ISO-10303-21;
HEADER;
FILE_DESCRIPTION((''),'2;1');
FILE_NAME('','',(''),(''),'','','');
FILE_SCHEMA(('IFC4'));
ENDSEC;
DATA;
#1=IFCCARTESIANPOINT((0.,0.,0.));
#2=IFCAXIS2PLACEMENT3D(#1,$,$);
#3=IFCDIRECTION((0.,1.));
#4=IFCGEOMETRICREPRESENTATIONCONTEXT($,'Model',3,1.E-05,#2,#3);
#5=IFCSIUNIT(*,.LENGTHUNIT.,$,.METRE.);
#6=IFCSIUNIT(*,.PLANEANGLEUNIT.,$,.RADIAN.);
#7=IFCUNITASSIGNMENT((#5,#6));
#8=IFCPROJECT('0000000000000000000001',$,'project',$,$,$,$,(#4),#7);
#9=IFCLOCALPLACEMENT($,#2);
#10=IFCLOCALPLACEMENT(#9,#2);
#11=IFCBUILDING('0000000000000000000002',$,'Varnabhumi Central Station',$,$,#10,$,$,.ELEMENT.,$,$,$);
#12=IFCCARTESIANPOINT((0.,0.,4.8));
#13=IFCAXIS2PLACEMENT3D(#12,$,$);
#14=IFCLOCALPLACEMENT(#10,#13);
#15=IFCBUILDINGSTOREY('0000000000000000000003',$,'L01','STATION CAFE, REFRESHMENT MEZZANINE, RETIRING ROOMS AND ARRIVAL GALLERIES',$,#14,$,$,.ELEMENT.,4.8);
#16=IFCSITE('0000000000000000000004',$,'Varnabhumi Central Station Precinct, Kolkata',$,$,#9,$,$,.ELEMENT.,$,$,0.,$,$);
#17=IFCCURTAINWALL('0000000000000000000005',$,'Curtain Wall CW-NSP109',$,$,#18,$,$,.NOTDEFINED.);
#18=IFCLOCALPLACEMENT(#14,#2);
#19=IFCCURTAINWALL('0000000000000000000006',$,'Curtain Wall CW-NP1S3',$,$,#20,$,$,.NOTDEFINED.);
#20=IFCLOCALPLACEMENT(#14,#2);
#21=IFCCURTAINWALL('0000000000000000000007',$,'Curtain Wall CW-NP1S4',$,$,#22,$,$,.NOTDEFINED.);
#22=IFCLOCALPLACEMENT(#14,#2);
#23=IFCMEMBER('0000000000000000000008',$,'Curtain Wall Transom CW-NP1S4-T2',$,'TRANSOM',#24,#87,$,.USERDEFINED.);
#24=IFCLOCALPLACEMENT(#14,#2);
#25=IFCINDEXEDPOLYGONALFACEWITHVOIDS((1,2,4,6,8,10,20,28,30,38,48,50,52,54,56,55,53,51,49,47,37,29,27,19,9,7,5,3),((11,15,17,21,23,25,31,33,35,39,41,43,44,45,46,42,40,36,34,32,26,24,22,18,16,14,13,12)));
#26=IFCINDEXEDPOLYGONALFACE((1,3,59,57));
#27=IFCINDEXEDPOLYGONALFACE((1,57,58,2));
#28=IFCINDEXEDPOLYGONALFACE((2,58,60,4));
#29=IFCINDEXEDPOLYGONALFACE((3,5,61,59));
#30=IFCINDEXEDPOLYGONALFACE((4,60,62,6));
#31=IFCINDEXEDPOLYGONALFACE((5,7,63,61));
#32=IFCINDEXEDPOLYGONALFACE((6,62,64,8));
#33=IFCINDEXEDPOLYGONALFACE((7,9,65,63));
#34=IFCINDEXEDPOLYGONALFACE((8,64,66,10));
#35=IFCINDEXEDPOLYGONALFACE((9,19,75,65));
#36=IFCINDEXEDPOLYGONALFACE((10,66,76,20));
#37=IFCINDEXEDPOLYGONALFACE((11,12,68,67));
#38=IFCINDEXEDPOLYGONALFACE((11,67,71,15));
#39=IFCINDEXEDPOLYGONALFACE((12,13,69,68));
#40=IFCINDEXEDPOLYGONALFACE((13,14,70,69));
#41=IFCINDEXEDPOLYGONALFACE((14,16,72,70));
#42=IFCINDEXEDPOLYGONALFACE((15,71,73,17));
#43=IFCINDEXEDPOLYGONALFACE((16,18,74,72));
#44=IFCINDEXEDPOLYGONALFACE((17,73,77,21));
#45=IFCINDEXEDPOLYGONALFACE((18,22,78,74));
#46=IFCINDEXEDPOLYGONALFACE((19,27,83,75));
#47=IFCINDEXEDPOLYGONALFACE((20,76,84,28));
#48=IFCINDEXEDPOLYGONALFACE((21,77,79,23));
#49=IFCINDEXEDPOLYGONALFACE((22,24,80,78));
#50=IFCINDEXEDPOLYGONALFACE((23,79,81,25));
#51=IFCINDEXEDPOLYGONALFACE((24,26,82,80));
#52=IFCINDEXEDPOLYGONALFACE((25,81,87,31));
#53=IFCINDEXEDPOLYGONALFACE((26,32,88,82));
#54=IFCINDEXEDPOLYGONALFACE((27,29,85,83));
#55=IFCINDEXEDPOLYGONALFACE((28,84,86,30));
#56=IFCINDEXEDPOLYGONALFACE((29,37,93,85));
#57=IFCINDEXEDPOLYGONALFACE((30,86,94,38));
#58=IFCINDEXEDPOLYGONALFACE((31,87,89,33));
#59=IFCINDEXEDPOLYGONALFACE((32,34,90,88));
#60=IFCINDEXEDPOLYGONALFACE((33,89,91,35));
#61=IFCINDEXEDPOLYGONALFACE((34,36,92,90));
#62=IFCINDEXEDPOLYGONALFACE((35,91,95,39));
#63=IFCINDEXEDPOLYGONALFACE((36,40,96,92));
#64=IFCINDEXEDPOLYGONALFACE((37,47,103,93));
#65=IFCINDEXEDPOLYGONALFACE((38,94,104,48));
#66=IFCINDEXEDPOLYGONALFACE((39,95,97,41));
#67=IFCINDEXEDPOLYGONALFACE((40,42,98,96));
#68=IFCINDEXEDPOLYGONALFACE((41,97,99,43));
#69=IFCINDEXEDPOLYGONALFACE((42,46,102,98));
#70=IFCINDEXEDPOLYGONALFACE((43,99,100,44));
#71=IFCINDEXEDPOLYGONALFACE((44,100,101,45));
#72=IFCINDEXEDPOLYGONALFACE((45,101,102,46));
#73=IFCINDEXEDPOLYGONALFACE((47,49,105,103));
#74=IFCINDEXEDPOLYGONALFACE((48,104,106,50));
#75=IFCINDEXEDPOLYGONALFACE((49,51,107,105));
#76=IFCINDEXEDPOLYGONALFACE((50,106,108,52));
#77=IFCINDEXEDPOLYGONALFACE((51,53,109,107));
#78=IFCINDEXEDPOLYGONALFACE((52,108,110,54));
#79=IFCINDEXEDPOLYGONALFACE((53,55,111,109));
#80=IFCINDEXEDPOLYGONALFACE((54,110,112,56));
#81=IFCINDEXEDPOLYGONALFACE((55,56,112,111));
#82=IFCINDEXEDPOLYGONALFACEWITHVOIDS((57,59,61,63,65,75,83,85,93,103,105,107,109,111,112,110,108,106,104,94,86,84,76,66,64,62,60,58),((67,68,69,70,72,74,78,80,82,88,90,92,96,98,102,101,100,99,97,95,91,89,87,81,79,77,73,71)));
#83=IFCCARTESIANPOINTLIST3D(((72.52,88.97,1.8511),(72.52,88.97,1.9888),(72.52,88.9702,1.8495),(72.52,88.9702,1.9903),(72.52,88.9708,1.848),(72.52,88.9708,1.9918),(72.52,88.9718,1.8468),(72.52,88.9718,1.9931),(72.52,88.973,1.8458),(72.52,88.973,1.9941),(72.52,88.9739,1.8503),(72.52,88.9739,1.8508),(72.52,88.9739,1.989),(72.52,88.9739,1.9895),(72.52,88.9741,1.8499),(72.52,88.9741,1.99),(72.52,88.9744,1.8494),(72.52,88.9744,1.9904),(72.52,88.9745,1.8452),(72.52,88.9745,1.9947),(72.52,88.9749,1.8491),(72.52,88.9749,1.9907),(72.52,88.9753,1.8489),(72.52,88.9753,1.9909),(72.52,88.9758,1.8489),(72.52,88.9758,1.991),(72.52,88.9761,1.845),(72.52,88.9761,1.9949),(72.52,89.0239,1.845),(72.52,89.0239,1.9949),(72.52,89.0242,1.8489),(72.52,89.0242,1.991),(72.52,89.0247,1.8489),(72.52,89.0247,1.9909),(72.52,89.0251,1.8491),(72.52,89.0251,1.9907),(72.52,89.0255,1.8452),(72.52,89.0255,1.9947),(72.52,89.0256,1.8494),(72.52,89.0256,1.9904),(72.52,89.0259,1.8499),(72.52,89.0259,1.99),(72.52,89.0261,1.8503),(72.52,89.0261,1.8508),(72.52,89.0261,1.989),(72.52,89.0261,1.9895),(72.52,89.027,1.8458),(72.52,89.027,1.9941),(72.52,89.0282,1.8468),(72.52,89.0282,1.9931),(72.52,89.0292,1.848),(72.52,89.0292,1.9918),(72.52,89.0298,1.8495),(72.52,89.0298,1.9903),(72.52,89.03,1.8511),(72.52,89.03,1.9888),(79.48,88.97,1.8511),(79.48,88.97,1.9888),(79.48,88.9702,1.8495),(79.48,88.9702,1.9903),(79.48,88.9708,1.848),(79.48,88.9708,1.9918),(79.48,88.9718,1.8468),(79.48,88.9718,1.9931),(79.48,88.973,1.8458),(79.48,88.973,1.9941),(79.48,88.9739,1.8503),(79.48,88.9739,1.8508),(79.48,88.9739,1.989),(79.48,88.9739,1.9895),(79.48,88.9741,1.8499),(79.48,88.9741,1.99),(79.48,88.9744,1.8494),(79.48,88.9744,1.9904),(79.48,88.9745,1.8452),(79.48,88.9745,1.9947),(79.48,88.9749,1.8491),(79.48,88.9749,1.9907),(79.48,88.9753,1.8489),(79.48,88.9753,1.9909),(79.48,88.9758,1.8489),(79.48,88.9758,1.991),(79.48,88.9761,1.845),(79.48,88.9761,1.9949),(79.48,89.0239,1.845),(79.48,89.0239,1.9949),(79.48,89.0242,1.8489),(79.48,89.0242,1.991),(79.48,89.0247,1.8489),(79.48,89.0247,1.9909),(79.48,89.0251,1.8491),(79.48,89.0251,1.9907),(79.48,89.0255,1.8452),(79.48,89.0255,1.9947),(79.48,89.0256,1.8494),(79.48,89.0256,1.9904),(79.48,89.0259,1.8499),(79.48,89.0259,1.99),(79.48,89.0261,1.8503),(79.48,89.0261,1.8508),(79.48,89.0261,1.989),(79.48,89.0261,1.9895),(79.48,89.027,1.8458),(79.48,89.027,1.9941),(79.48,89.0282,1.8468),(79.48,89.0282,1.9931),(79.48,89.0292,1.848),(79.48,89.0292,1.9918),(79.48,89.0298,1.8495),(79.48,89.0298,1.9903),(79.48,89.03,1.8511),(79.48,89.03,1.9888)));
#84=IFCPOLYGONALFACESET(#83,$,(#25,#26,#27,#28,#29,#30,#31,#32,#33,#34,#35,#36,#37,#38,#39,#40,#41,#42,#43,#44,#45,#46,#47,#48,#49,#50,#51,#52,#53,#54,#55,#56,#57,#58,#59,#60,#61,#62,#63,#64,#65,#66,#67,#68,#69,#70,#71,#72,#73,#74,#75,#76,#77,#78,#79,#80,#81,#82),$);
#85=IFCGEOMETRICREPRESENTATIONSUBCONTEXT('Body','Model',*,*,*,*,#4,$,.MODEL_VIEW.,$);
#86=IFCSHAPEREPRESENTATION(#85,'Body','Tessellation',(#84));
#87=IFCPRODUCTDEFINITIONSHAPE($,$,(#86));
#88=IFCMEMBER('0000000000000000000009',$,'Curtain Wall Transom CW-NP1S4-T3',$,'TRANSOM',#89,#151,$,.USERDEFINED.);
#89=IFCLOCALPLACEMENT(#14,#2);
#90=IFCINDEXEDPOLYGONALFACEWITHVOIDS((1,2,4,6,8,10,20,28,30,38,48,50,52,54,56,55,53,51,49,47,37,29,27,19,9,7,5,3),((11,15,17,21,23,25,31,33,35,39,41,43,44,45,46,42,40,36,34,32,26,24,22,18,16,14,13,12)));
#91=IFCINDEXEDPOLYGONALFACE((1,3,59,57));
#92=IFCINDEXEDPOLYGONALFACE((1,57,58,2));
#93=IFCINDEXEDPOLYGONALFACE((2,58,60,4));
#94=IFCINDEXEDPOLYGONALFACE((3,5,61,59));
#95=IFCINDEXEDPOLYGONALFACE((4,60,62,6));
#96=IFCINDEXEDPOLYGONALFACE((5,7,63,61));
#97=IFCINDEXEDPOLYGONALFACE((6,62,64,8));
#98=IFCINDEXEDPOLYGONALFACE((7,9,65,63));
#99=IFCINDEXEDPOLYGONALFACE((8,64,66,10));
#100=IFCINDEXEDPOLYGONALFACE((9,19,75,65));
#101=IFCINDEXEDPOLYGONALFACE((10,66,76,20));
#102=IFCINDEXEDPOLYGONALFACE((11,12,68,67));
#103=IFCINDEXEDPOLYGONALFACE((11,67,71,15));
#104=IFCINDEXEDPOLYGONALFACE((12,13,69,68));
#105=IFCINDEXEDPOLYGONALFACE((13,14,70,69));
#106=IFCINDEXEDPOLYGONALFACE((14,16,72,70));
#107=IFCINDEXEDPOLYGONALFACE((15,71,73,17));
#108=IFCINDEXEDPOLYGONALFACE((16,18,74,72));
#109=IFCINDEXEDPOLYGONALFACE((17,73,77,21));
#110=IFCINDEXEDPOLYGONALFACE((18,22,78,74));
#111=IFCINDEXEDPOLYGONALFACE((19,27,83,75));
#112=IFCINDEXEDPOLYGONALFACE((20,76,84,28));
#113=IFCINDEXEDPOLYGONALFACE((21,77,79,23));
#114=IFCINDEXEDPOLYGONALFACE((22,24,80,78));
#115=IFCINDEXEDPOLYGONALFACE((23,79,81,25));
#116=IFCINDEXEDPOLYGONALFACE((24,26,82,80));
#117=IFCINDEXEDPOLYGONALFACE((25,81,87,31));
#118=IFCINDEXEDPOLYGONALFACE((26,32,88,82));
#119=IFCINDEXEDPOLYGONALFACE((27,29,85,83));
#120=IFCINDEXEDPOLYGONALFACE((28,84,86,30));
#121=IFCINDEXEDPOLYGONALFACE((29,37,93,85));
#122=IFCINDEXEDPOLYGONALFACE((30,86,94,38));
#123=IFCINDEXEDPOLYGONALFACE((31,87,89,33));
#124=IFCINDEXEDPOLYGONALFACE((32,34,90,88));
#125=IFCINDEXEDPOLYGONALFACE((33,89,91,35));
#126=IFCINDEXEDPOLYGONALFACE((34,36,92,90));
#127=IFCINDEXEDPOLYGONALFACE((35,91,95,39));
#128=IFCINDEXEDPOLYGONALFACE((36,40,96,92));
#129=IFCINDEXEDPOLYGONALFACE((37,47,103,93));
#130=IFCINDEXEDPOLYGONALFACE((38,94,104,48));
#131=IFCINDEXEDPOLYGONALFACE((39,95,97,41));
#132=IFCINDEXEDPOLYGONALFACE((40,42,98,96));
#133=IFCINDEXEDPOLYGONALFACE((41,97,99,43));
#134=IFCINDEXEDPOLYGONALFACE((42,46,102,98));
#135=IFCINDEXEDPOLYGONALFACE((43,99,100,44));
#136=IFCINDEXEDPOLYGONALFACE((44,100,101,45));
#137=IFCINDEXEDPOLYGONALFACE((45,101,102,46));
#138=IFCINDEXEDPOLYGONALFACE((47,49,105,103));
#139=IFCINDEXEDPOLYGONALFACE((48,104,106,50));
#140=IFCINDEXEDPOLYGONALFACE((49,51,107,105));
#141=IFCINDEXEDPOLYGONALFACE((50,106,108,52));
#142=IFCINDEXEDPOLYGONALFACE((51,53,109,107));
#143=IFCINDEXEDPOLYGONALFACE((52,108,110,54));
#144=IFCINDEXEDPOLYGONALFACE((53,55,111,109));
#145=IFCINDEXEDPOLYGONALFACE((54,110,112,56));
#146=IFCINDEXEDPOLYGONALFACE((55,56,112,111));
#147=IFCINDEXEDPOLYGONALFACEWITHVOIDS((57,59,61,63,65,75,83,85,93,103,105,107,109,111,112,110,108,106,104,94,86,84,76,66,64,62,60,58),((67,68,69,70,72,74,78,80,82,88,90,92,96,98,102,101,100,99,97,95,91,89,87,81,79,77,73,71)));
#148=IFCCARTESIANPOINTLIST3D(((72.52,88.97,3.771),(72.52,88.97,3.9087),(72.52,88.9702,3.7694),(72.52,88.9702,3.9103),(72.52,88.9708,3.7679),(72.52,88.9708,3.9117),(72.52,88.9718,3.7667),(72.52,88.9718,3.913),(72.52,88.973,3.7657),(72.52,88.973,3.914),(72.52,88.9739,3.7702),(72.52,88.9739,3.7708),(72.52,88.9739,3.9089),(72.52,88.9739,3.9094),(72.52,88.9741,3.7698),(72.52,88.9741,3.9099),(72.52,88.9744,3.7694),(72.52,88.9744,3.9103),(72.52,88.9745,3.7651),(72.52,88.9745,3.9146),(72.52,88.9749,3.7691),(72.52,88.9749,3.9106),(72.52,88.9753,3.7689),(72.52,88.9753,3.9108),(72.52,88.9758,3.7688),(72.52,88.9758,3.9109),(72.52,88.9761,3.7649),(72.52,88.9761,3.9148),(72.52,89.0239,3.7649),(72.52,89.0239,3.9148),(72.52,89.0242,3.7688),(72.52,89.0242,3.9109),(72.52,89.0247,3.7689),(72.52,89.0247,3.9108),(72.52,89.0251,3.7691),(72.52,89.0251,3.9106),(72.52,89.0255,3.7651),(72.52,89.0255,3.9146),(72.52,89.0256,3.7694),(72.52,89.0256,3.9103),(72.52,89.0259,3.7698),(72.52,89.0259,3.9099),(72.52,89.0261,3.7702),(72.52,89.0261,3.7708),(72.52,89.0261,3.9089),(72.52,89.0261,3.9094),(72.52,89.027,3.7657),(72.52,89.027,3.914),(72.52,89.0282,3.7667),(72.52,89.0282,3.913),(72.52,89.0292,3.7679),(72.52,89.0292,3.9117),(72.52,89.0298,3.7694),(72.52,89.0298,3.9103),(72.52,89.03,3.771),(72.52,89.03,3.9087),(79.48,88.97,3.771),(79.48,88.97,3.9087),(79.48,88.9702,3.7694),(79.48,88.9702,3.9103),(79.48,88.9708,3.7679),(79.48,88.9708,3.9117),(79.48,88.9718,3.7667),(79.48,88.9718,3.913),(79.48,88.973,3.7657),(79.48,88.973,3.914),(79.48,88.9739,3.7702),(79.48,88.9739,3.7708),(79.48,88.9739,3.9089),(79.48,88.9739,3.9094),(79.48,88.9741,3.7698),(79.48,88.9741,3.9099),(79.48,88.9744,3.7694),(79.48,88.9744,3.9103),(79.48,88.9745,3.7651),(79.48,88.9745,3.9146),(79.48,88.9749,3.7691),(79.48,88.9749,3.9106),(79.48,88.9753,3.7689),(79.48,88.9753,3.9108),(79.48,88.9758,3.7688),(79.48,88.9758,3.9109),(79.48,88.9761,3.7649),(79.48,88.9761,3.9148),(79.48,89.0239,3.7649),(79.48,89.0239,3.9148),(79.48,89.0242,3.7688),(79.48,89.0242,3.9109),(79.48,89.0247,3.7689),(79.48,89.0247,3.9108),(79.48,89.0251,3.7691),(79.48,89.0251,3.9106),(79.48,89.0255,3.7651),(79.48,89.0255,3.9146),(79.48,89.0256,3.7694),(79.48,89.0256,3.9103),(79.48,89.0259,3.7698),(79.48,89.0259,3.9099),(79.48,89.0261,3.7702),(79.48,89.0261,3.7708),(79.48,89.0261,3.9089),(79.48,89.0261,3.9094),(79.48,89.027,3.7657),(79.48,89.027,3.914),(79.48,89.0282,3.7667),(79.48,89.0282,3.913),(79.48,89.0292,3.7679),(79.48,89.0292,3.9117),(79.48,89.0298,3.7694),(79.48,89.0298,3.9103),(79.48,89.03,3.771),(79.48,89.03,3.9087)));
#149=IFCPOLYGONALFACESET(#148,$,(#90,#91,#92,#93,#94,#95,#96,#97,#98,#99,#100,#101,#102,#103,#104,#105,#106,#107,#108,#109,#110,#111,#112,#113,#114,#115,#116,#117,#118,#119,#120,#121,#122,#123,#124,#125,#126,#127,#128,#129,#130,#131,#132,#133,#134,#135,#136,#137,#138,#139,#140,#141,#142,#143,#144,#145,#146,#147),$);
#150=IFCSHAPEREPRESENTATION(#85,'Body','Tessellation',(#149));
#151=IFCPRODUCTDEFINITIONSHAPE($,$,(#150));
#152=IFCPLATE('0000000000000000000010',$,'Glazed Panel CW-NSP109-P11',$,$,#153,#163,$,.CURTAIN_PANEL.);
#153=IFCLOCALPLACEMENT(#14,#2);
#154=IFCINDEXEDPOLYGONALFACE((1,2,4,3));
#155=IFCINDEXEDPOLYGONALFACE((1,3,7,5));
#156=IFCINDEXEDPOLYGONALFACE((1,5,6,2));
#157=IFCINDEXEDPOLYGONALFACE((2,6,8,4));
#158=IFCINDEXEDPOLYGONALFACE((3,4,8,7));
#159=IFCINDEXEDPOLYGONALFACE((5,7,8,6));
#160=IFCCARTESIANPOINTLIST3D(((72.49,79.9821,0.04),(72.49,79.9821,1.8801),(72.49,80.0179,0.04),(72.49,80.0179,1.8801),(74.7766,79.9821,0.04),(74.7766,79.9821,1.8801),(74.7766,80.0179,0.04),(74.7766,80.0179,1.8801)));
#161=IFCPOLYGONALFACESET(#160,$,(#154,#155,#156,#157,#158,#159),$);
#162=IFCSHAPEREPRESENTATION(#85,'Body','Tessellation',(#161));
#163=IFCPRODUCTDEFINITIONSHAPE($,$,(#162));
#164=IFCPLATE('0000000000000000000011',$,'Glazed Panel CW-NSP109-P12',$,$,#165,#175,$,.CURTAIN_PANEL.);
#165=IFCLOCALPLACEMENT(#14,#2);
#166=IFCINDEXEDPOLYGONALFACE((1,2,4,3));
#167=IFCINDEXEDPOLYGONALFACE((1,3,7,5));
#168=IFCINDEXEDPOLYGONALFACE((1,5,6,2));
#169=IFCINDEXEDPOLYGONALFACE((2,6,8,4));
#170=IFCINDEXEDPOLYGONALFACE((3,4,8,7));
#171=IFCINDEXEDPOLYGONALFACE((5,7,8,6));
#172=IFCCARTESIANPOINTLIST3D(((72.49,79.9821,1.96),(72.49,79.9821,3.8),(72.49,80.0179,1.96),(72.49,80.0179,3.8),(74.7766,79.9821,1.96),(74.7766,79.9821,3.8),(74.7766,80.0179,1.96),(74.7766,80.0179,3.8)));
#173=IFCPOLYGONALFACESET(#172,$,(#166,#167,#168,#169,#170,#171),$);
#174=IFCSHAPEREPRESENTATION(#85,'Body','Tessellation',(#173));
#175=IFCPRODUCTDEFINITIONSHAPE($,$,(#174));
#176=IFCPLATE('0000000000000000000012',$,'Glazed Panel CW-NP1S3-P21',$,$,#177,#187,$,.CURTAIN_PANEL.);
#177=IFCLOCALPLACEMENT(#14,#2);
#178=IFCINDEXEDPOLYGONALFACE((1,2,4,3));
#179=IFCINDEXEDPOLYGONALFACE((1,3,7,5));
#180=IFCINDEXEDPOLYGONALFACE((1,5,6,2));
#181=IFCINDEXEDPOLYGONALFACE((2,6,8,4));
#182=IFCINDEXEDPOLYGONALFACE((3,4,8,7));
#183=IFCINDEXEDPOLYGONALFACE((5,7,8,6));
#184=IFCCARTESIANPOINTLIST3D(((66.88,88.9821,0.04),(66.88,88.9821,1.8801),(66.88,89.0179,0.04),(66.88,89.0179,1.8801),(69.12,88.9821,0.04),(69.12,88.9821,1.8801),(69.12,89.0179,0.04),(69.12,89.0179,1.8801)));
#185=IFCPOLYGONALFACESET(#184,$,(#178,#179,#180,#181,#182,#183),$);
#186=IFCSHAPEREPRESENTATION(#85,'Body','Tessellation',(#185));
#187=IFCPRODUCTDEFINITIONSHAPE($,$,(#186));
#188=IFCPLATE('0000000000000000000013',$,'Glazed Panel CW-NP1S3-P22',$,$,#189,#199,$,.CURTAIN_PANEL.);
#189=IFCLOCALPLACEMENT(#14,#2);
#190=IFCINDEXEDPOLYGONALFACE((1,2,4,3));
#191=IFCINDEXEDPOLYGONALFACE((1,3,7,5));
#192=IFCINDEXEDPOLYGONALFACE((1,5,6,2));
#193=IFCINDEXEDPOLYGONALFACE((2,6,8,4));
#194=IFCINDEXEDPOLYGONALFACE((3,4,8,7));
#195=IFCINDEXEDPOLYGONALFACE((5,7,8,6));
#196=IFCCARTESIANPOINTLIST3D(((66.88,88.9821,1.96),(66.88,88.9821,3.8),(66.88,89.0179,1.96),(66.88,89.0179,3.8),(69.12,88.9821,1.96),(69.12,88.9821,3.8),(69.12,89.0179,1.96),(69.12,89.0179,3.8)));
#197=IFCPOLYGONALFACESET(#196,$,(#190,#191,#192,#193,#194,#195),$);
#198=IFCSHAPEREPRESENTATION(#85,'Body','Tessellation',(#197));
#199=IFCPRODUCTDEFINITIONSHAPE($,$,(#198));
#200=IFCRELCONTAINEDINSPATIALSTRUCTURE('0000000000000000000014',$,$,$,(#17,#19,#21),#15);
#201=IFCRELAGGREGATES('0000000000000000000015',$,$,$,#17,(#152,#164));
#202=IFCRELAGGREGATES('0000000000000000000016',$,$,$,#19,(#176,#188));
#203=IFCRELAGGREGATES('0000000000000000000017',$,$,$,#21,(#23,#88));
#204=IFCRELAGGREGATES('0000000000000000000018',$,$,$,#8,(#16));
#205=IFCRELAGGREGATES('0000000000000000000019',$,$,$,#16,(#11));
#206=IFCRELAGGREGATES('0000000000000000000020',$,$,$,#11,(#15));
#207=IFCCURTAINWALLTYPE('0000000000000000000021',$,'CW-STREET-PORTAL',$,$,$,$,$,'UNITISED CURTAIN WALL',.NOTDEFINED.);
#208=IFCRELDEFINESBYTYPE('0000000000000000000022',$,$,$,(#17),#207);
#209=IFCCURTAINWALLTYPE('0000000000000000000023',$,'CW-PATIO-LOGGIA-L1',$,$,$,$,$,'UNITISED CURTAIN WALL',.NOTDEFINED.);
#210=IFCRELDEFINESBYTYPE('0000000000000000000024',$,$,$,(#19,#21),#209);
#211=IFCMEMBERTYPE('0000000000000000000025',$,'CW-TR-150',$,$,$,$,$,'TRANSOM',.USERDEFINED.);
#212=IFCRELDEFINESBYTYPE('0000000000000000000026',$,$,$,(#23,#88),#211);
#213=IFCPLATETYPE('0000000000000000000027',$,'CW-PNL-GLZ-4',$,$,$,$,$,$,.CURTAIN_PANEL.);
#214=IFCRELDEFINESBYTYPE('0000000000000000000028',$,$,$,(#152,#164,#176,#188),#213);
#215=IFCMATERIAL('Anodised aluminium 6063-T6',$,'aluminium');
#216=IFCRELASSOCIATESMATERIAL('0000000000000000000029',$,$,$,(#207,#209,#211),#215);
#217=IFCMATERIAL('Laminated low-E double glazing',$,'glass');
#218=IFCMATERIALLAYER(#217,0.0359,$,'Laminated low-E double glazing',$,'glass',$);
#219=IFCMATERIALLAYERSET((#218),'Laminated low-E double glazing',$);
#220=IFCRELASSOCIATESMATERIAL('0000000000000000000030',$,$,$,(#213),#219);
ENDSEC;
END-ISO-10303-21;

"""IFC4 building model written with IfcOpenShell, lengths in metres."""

from ifc_helpers import new_model, si_unit, direction, frame, origin, origin_2d, place, context, subcontext, project, spatial, rectangle, hollow_rectangle, extrude, material, layer, layer_set, material_profile, profile_set, type_object, element, aggregate, save


model = new_model("IFC4")

# Units and contexts
model_context = context("Model", 3, precision=1e-05, world=origin(), true_north=direction((0.0, 1.0)))
body_context = subcontext(model_context, "Body", "Model", "MODEL_VIEW")
ifc_project = project(units=[si_unit("LENGTHUNIT", "METRE"), si_unit("PLANEANGLEUNIT", "RADIAN")], contexts=[model_context])

# Site, building, storey
site_placement = place(None, origin())
site = spatial("IfcSite", under=ifc_project, at=site_placement, Name="Varnabhumi Central Station Precinct, Kolkata", CompositionType="ELEMENT", RefElevation=0.0)
building_placement = place(site_placement, origin())
building = spatial("IfcBuilding", under=site, at=building_placement, Name="Varnabhumi Central Station", CompositionType="ELEMENT")
storey_placement = place(building_placement, frame((0.0, 0.0, 4.8)))
storey = spatial("IfcBuildingStorey", under=building, at=storey_placement, Name="L01", Description="STATION CAFE, REFRESHMENT MEZZANINE, RETIRING ROOMS AND ARRIVAL GALLERIES", CompositionType="ELEMENT", Elevation=4.8)

# Curtain walls
ifc_material_1 = material(Name="Anodised aluminium 6063-T6", Category="aluminium")
curtain_wall_type_1 = type_object("IfcCurtainWallType", Name="CW-STREET-PORTAL", ElementType="UNITISED CURTAIN WALL", PredefinedType="NOTDEFINED", material=ifc_material_1)
curtain_wall_1_placement = place(storey_placement, origin())
curtain_wall_1 = element("IfcCurtainWall", 1, at=curtain_wall_1_placement, inside=storey, type_object=curtain_wall_type_1, Name="Curtain Wall CW-NSP109", PredefinedType="NOTDEFINED")
curtain_wall_type_2 = type_object("IfcCurtainWallType", Name="CW-PATIO-LOGGIA-L1", ElementType="UNITISED CURTAIN WALL", PredefinedType="NOTDEFINED", material=ifc_material_1)
curtain_wall_2_placement = place(storey_placement, origin())
curtain_wall_2 = element("IfcCurtainWall", 2, at=curtain_wall_2_placement, inside=storey, type_object=curtain_wall_type_2, Name="Curtain Wall CW-NP1S3", PredefinedType="NOTDEFINED")
curtain_wall_3_placement = place(storey_placement, origin())
curtain_wall_3 = element("IfcCurtainWall", 3, at=curtain_wall_3_placement, inside=storey, type_object=curtain_wall_type_2, Name="Curtain Wall CW-NP1S4", PredefinedType="NOTDEFINED")

# Members
ifc_material_profile_1 = material_profile(ifc_material_1, hollow_rectangle(XDim=0.0601, YDim=0.1499, WallThickness=0.0039, InnerFilletRadius=0.002, OuterFilletRadius=0.0061, at=origin_2d()), Name="Anodised aluminium 6063-T6", Category="aluminium")
ifc_profile_set_1 = profile_set([ifc_material_profile_1], Name="Anodised aluminium 6063-T6")
member_type_1 = type_object("IfcMemberType", Name="CW-TR-150", ElementType="TRANSOM", PredefinedType="USERDEFINED", material=ifc_profile_set_1)
member_1_placement = place(storey_placement, frame((72.52, 89.0, 1.9199), z_axis=(1.0, 0.0, 0.0), x_axis=(0.0, 1.0, 0.0)))
member_1 = element("IfcMember", 4, at=member_1_placement, type_object=member_type_1, Name="Curtain Wall Transom CW-NP1S4-T2", ObjectType="TRANSOM", PredefinedType="USERDEFINED", context=body_context, shape_type="SweptSolid", body=[
    extrude(hollow_rectangle(XDim=0.0601, YDim=0.1499, WallThickness=0.0039, InnerFilletRadius=0.002, OuterFilletRadius=0.0061, at=origin_2d()), origin(), (0.0, 0.0, 1.0), 6.96),
])
member_2_placement = place(storey_placement, frame((72.52, 89.0, 3.8398), z_axis=(1.0, 0.0, 0.0), x_axis=(0.0, 1.0, 0.0)))
member_2 = element("IfcMember", 5, at=member_2_placement, type_object=member_type_1, Name="Curtain Wall Transom CW-NP1S4-T3", ObjectType="TRANSOM", PredefinedType="USERDEFINED", context=body_context, shape_type="SweptSolid", body=[
    extrude(hollow_rectangle(XDim=0.0601, YDim=0.1499, WallThickness=0.0039, InnerFilletRadius=0.002, OuterFilletRadius=0.0061, at=origin_2d()), origin(), (0.0, 0.0, 1.0), 6.96),
])

# Plates
ifc_material_2 = material(Name="Laminated low-E double glazing", Category="glass")
ifc_layer_1 = layer(ifc_material_2, 0.0359, Name="Laminated low-E double glazing", Category="glass")
ifc_layer_set_1 = layer_set([ifc_layer_1], Name="Laminated low-E double glazing")
plate_type_1 = type_object("IfcPlateType", Name="CW-PNL-GLZ-4", PredefinedType="CURTAIN_PANEL", material=ifc_layer_set_1)
plate_1_placement = place(storey_placement, frame((73.6333, 80.0, 0.04), z_axis=(0.0, 0.0, 1.0), x_axis=(1.0, 0.0, 0.0)))
plate_1 = element("IfcPlate", 6, at=plate_1_placement, type_object=plate_type_1, Name="Glazed Panel CW-NSP109-P11", PredefinedType="CURTAIN_PANEL", context=body_context, shape_type="SweptSolid", body=[
    extrude(rectangle(XDim=2.2866, YDim=0.0359, at=origin_2d()), origin(), (0.0, 0.0, 1.0), 1.8401),
])
plate_2_placement = place(storey_placement, frame((73.6333, 80.0, 1.96), z_axis=(0.0, 0.0, 1.0), x_axis=(1.0, 0.0, 0.0)))
plate_2 = element("IfcPlate", 7, at=plate_2_placement, type_object=plate_type_1, Name="Glazed Panel CW-NSP109-P12", PredefinedType="CURTAIN_PANEL", context=body_context, shape_type="SweptSolid", body=[
    extrude(rectangle(XDim=2.2866, YDim=0.0359, at=origin_2d()), origin(), (0.0, 0.0, 1.0), 1.8401),
])
aggregate(curtain_wall_1, [plate_1, plate_2])
plate_3_placement = place(storey_placement, frame((68.0, 89.0, 0.04), z_axis=(0.0, 0.0, 1.0), x_axis=(1.0, 0.0, 0.0)))
plate_3 = element("IfcPlate", 8, at=plate_3_placement, type_object=plate_type_1, Name="Glazed Panel CW-NP1S3-P21", PredefinedType="CURTAIN_PANEL", context=body_context, shape_type="SweptSolid", body=[
    extrude(rectangle(XDim=2.24, YDim=0.0359, at=origin_2d()), origin(), (0.0, 0.0, 1.0), 1.8401),
])
plate_4_placement = place(storey_placement, frame((68.0, 89.0, 1.96), z_axis=(0.0, 0.0, 1.0), x_axis=(1.0, 0.0, 0.0)))
plate_4 = element("IfcPlate", 9, at=plate_4_placement, type_object=plate_type_1, Name="Glazed Panel CW-NP1S3-P22", PredefinedType="CURTAIN_PANEL", context=body_context, shape_type="SweptSolid", body=[
    extrude(rectangle(XDim=2.24, YDim=0.0359, at=origin_2d()), origin(), (0.0, 0.0, 1.0), 1.8401),
])
aggregate(curtain_wall_2, [plate_3, plate_4])
aggregate(curtain_wall_3, [member_1, member_2])

save(model, "model.ifc")
